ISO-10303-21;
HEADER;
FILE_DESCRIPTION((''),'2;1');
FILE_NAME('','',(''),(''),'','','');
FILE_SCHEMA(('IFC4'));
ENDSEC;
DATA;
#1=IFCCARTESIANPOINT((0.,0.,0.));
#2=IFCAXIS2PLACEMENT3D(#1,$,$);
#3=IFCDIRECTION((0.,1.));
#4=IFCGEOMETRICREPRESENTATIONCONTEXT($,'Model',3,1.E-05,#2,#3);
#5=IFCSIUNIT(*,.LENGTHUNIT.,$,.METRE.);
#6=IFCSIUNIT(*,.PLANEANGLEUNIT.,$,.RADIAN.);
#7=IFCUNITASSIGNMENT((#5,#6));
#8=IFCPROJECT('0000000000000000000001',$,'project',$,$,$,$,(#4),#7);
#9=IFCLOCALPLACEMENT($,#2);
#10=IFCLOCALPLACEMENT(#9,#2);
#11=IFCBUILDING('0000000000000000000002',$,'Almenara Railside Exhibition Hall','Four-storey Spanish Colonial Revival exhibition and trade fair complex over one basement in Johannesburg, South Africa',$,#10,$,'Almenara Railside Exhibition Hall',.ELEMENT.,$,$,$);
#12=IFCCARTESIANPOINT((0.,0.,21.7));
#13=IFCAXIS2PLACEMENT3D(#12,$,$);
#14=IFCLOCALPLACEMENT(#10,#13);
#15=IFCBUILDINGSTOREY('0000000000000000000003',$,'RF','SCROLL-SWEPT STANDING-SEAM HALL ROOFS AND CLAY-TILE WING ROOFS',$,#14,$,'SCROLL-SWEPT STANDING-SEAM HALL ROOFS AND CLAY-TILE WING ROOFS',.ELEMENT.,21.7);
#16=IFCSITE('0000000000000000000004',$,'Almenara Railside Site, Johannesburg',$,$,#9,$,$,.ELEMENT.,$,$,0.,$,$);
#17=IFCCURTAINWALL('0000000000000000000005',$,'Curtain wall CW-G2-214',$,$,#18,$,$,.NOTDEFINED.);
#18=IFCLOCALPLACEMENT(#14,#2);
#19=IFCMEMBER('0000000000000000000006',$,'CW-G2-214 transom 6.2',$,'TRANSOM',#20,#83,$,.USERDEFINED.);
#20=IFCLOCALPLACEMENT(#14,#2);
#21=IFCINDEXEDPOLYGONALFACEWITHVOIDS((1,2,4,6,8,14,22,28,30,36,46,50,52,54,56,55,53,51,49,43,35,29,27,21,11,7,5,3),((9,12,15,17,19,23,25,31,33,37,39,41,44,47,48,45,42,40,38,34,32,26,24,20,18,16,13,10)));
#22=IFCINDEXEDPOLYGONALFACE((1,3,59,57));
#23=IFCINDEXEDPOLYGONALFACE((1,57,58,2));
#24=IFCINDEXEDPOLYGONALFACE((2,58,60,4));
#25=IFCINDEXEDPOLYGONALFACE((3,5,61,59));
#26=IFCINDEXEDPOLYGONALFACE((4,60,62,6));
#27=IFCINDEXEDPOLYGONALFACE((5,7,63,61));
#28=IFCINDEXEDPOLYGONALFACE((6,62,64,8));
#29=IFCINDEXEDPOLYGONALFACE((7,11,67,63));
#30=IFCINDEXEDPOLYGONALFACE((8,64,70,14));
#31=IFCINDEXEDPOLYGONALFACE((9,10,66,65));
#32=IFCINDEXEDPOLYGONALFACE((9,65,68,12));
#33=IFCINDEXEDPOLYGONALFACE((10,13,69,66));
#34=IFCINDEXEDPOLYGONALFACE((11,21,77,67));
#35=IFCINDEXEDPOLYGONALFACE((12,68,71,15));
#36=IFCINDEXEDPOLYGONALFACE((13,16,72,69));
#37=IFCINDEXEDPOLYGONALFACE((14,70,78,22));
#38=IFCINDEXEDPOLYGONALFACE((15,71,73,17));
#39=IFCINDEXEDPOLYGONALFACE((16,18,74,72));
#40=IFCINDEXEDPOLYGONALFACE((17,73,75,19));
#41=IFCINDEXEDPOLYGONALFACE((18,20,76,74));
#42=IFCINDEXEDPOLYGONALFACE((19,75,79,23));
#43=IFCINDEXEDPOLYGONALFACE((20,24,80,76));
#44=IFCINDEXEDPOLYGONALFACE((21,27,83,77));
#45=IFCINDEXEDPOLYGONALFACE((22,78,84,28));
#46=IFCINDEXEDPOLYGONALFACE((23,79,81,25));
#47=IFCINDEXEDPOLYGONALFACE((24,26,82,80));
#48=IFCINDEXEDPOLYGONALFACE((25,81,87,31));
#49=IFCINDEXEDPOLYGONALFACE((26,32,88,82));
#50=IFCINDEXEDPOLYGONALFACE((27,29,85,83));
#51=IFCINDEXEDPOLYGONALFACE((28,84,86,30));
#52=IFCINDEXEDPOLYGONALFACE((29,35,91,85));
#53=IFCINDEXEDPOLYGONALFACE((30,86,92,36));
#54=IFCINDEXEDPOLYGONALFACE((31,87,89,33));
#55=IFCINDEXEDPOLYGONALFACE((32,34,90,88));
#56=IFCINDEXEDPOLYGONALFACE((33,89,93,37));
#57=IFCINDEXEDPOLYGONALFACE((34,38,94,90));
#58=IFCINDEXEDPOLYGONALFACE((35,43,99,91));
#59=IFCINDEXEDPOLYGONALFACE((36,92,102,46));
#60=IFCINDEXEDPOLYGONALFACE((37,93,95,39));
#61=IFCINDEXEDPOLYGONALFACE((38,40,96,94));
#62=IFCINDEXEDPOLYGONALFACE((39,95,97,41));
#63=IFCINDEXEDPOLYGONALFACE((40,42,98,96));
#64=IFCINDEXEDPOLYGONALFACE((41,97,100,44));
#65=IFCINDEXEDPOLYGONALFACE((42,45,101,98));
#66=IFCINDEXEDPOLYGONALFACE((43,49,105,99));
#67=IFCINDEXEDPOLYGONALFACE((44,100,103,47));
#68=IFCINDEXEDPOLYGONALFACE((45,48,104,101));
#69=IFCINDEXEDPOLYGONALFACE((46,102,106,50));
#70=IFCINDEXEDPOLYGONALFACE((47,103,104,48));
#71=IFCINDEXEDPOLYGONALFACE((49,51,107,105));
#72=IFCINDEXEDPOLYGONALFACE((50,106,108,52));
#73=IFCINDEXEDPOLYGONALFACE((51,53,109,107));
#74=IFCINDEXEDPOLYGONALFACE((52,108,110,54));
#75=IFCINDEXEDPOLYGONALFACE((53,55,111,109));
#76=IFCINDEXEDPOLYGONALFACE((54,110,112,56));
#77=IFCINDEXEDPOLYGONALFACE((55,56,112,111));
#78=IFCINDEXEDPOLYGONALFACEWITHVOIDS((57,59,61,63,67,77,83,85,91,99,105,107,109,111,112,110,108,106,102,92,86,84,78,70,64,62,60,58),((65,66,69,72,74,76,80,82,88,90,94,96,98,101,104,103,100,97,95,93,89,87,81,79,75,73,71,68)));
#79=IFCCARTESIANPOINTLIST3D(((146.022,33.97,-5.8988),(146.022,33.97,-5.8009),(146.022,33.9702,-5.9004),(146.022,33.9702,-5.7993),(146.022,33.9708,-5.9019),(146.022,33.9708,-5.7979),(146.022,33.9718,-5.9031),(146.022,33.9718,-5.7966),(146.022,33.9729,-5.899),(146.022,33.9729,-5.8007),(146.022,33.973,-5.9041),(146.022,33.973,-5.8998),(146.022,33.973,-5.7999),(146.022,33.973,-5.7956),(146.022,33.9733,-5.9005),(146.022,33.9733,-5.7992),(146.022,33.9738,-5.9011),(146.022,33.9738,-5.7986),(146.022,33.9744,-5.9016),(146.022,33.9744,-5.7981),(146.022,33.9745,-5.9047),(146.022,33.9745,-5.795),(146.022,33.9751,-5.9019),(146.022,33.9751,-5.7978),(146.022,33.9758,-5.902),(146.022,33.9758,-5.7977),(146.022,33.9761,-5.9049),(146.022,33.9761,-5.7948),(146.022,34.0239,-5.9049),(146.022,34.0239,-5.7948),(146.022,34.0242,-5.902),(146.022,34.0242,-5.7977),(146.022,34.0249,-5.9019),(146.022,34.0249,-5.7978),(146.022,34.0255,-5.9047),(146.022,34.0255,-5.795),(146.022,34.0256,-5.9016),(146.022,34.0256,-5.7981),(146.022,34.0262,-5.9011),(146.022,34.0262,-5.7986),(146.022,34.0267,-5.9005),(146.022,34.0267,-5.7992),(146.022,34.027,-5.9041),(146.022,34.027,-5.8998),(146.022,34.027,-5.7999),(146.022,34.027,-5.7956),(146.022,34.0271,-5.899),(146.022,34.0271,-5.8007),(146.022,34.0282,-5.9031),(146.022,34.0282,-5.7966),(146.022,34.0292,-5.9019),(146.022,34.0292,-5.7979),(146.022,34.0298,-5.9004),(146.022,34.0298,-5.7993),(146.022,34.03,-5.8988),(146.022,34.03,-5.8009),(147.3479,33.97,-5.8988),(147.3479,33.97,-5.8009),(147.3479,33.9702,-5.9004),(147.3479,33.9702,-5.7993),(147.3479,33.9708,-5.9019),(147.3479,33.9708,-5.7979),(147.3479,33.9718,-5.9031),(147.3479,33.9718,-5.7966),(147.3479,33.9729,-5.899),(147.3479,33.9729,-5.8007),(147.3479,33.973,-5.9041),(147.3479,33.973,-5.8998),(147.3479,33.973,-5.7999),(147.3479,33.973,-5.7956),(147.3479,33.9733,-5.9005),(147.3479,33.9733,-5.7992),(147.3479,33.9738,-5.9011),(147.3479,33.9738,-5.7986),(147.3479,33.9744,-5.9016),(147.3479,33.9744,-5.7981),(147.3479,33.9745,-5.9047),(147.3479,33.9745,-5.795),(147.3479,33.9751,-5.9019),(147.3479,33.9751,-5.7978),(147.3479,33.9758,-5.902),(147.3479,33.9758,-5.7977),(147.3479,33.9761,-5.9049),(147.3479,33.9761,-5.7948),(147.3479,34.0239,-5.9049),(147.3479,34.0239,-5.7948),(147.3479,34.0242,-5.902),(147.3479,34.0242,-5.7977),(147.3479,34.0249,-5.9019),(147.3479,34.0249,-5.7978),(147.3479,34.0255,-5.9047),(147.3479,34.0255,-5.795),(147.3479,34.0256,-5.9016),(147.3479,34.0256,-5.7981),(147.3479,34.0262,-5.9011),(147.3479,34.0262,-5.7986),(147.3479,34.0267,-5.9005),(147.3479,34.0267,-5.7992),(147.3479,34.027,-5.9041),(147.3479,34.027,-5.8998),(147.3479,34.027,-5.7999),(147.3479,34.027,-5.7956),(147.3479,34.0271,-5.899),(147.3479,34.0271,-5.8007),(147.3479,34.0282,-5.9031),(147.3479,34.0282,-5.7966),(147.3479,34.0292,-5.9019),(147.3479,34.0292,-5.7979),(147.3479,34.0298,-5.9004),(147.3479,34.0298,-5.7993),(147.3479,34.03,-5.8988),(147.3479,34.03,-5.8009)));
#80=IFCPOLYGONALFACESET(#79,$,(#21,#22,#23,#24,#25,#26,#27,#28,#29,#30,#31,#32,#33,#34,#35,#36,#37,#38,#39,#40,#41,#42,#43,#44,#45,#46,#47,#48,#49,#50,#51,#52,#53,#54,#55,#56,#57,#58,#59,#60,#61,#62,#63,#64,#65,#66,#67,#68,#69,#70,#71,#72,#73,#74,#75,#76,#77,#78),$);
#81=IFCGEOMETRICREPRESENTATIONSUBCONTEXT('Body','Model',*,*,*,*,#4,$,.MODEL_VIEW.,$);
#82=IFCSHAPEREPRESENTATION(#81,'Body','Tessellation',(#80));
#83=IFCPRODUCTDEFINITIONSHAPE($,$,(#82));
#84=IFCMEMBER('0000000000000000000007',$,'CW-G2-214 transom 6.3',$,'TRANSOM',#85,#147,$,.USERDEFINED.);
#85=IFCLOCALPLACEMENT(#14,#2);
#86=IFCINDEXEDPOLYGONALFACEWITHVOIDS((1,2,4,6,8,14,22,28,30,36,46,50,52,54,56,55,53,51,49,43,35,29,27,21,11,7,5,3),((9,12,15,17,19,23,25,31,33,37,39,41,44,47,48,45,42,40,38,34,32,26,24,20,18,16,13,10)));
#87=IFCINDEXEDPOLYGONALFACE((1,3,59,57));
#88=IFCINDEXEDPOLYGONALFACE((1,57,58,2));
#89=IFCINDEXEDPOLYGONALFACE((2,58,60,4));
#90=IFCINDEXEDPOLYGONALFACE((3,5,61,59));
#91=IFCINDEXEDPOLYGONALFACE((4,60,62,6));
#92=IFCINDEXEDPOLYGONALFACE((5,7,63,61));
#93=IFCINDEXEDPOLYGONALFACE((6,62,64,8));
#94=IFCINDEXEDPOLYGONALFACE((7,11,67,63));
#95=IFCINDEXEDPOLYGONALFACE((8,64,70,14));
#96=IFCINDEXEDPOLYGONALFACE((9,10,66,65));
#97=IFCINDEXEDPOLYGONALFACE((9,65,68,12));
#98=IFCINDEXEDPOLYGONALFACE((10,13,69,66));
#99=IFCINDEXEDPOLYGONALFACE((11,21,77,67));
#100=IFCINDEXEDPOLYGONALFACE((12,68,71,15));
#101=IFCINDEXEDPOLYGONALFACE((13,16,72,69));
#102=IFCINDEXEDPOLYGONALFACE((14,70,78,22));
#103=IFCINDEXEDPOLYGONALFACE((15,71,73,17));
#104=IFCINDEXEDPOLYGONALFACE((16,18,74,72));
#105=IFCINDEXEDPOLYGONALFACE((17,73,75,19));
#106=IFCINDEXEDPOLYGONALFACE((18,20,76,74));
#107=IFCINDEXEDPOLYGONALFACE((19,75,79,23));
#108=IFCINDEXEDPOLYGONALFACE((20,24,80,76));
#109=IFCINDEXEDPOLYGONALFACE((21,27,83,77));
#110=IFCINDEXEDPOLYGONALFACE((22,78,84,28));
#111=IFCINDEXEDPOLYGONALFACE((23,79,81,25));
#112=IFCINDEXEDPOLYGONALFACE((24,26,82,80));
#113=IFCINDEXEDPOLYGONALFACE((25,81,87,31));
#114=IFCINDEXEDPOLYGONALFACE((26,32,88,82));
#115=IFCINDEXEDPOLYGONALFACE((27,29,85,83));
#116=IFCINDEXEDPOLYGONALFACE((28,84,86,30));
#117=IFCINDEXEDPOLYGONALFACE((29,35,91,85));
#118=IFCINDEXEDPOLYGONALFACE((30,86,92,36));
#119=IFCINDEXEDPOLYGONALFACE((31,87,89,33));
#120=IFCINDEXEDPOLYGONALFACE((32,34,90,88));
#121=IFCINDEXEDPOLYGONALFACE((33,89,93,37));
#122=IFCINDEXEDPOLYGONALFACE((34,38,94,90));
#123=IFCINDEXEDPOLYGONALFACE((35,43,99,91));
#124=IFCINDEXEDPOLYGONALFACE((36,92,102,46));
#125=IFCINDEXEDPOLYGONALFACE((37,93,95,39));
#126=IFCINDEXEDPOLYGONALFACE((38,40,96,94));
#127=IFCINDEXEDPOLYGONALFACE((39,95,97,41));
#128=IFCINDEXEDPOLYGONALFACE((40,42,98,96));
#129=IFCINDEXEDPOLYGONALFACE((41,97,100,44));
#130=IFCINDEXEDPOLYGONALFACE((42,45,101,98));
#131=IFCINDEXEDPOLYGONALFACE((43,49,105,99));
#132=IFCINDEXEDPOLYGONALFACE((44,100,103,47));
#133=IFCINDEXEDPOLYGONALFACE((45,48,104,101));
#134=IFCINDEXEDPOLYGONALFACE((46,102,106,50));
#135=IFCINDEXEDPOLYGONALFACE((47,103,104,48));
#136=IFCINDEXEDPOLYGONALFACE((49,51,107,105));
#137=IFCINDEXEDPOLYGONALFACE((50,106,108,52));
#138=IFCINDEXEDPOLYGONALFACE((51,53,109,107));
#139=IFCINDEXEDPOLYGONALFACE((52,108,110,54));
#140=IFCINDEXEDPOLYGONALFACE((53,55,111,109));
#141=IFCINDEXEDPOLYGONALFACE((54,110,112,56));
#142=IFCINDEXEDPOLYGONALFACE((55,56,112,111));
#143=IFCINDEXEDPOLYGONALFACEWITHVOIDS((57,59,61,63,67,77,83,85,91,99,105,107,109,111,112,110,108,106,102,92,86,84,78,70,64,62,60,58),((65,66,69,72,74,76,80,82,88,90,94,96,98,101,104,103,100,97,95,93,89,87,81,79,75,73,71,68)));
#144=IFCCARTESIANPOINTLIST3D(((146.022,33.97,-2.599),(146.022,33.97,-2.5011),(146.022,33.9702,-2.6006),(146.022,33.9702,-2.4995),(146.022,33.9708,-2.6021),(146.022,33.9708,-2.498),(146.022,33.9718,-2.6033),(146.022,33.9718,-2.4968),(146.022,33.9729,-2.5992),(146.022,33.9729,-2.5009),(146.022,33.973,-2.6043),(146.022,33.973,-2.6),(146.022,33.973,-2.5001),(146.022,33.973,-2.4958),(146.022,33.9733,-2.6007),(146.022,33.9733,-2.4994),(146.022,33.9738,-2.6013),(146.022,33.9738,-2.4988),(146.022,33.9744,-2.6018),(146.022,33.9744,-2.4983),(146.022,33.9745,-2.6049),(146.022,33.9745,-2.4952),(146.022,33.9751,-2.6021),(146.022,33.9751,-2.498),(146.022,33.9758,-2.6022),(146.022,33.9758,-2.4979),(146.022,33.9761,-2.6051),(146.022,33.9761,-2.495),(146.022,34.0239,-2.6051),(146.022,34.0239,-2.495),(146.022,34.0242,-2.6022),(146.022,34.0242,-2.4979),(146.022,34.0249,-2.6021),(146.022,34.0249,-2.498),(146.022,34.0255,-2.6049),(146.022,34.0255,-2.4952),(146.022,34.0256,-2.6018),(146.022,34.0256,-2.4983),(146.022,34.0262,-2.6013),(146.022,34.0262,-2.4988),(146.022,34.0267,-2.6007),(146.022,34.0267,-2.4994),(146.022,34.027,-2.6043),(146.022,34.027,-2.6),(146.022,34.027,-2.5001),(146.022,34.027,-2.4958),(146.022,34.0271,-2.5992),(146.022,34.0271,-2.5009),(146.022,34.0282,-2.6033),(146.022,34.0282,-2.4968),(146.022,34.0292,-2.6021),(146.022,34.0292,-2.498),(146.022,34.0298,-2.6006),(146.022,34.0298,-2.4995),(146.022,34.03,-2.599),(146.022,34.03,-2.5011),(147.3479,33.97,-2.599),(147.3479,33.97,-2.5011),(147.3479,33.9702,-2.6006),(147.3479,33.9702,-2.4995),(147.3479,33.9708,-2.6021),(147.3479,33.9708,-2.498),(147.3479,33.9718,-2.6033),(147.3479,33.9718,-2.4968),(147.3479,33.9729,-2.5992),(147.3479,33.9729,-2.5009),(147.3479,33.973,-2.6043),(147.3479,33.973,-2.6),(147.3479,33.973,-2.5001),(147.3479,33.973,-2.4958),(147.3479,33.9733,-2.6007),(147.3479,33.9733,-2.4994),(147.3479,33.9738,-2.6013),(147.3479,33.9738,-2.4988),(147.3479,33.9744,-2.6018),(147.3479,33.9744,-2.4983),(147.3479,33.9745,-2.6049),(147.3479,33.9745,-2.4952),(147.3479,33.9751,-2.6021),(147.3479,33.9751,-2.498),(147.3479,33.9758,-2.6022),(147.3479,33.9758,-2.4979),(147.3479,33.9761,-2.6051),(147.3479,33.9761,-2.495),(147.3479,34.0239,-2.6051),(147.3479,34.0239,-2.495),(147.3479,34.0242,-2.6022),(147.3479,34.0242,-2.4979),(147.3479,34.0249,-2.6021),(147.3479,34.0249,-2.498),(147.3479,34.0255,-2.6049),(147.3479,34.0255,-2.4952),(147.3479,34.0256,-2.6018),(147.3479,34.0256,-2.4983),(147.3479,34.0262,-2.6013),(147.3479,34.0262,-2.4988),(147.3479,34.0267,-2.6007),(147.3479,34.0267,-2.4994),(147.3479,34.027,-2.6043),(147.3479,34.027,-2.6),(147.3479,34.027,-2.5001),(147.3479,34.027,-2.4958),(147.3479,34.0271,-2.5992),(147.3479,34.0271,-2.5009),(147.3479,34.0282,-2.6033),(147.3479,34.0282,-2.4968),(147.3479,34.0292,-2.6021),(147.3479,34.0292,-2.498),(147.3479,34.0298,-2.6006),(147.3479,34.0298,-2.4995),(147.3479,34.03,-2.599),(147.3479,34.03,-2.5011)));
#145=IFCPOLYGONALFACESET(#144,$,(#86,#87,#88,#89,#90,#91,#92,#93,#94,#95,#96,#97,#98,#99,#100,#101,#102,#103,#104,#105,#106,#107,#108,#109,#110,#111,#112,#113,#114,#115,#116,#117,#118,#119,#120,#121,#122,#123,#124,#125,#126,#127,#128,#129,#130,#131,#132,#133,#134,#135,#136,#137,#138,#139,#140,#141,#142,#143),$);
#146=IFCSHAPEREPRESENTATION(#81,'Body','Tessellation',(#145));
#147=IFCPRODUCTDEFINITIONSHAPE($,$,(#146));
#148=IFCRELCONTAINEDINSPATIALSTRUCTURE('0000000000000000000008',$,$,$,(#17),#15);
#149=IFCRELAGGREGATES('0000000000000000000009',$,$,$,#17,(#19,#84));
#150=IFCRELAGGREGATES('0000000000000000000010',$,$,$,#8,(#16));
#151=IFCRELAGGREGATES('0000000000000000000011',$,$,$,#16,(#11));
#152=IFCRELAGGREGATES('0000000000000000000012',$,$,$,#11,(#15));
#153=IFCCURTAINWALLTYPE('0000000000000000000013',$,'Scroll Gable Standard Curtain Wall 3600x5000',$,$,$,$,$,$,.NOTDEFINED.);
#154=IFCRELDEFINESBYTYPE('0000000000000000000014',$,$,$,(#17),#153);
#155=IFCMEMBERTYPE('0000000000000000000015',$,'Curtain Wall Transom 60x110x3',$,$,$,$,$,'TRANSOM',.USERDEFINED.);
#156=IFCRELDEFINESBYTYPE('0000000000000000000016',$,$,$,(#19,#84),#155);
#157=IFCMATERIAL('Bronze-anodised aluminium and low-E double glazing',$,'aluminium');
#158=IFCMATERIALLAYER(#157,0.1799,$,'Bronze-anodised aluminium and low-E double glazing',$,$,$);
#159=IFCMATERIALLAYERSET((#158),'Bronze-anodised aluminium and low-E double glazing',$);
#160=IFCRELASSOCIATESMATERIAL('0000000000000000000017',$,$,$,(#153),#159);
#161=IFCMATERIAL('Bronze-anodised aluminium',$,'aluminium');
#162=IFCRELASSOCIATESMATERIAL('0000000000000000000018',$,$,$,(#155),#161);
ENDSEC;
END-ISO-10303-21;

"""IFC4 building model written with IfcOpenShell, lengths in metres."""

from ifc_helpers import new_model, si_unit, direction, frame, origin, origin_2d, place, context, subcontext, project, spatial, hollow_rectangle, extrude, material, layer, layer_set, material_profile, profile_set, type_object, element, aggregate, save


model = new_model("IFC4")

# Units and contexts
model_context = context("Model", 3, precision=1e-05, world=origin(), true_north=direction((0.0, 1.0)))
body_context = subcontext(model_context, "Body", "Model", "MODEL_VIEW")
ifc_project = project(units=[si_unit("LENGTHUNIT", "METRE"), si_unit("PLANEANGLEUNIT", "RADIAN")], contexts=[model_context])

# Site, building, storey
site_placement = place(None, origin())
site = spatial("IfcSite", under=ifc_project, at=site_placement, Name="Almenara Railside Site, Johannesburg", CompositionType="ELEMENT", RefElevation=0.0)
building_placement = place(site_placement, origin())
building = spatial("IfcBuilding", under=site, at=building_placement, Name="Almenara Railside Exhibition Hall", Description="Four-storey Spanish Colonial Revival exhibition and trade fair complex over one basement in Johannesburg, South Africa", LongName="Almenara Railside Exhibition Hall", CompositionType="ELEMENT")
storey_placement = place(building_placement, frame((0.0, 0.0, 21.7)))
storey = spatial("IfcBuildingStorey", under=building, at=storey_placement, Name="RF", Description="SCROLL-SWEPT STANDING-SEAM HALL ROOFS AND CLAY-TILE WING ROOFS", LongName="SCROLL-SWEPT STANDING-SEAM HALL ROOFS AND CLAY-TILE WING ROOFS", CompositionType="ELEMENT", Elevation=21.7)

# Curtain wall, members
ifc_material_1 = material(Name="Bronze-anodised aluminium and low-E double glazing", Category="aluminium")
ifc_layer_1 = layer(ifc_material_1, 0.1799, Name="Bronze-anodised aluminium and low-E double glazing")
ifc_layer_set_1 = layer_set([ifc_layer_1], Name="Bronze-anodised aluminium and low-E double glazing")
curtain_wall_type = type_object("IfcCurtainWallType", Name="Scroll Gable Standard Curtain Wall 3600x5000", PredefinedType="NOTDEFINED", material=ifc_layer_set_1)
curtain_wall_placement = place(storey_placement, origin())
curtain_wall = element("IfcCurtainWall", 1, at=curtain_wall_placement, inside=storey, type_object=curtain_wall_type, Name="Curtain wall CW-G2-214", PredefinedType="NOTDEFINED")
ifc_material_2 = material(Name="Bronze-anodised aluminium", Category="aluminium")
ifc_material_profile_1 = material_profile(ifc_material_2, hollow_rectangle(XDim=0.0601, YDim=0.1101, WallThickness=0.0029, InnerFilletRadius=0.0029, OuterFilletRadius=0.0061, at=origin_2d()), Name="ALU-TRN 60x110x3")
ifc_profile_set_1 = profile_set([ifc_material_profile_1], Name="Bronze-anodised aluminium")
member_type_1 = type_object("IfcMemberType", Name="Curtain Wall Transom 60x110x3", ElementType="TRANSOM", PredefinedType="USERDEFINED", material=ifc_profile_set_1)
member_1_placement = place(storey_placement, frame((146.022, 34.0, -5.8499), z_axis=(1.0, 0.0, 0.0), x_axis=(0.0, 1.0, 0.0)))
member_1 = element("IfcMember", 2, at=member_1_placement, type_object=member_type_1, Name="CW-G2-214 transom 6.2", ObjectType="TRANSOM", PredefinedType="USERDEFINED", context=body_context, shape_type="SweptSolid", body=[
    extrude(hollow_rectangle(XDim=0.0601, YDim=0.1101, WallThickness=0.0029, InnerFilletRadius=0.0029, OuterFilletRadius=0.0061, at=origin_2d()), origin(), (0.0, 0.0, 1.0), 1.3259),
])
member_2_placement = place(storey_placement, frame((146.022, 34.0, -2.55), z_axis=(1.0, 0.0, 0.0), x_axis=(0.0, 1.0, 0.0)))
member_2 = element("IfcMember", 3, at=member_2_placement, type_object=member_type_1, Name="CW-G2-214 transom 6.3", ObjectType="TRANSOM", PredefinedType="USERDEFINED", context=body_context, shape_type="SweptSolid", body=[
    extrude(hollow_rectangle(XDim=0.0601, YDim=0.1101, WallThickness=0.0029, InnerFilletRadius=0.0029, OuterFilletRadius=0.0061, at=origin_2d()), origin(), (0.0, 0.0, 1.0), 1.3259),
])

aggregate(curtain_wall, [member_1, member_2])

save(model, "model.ifc")
